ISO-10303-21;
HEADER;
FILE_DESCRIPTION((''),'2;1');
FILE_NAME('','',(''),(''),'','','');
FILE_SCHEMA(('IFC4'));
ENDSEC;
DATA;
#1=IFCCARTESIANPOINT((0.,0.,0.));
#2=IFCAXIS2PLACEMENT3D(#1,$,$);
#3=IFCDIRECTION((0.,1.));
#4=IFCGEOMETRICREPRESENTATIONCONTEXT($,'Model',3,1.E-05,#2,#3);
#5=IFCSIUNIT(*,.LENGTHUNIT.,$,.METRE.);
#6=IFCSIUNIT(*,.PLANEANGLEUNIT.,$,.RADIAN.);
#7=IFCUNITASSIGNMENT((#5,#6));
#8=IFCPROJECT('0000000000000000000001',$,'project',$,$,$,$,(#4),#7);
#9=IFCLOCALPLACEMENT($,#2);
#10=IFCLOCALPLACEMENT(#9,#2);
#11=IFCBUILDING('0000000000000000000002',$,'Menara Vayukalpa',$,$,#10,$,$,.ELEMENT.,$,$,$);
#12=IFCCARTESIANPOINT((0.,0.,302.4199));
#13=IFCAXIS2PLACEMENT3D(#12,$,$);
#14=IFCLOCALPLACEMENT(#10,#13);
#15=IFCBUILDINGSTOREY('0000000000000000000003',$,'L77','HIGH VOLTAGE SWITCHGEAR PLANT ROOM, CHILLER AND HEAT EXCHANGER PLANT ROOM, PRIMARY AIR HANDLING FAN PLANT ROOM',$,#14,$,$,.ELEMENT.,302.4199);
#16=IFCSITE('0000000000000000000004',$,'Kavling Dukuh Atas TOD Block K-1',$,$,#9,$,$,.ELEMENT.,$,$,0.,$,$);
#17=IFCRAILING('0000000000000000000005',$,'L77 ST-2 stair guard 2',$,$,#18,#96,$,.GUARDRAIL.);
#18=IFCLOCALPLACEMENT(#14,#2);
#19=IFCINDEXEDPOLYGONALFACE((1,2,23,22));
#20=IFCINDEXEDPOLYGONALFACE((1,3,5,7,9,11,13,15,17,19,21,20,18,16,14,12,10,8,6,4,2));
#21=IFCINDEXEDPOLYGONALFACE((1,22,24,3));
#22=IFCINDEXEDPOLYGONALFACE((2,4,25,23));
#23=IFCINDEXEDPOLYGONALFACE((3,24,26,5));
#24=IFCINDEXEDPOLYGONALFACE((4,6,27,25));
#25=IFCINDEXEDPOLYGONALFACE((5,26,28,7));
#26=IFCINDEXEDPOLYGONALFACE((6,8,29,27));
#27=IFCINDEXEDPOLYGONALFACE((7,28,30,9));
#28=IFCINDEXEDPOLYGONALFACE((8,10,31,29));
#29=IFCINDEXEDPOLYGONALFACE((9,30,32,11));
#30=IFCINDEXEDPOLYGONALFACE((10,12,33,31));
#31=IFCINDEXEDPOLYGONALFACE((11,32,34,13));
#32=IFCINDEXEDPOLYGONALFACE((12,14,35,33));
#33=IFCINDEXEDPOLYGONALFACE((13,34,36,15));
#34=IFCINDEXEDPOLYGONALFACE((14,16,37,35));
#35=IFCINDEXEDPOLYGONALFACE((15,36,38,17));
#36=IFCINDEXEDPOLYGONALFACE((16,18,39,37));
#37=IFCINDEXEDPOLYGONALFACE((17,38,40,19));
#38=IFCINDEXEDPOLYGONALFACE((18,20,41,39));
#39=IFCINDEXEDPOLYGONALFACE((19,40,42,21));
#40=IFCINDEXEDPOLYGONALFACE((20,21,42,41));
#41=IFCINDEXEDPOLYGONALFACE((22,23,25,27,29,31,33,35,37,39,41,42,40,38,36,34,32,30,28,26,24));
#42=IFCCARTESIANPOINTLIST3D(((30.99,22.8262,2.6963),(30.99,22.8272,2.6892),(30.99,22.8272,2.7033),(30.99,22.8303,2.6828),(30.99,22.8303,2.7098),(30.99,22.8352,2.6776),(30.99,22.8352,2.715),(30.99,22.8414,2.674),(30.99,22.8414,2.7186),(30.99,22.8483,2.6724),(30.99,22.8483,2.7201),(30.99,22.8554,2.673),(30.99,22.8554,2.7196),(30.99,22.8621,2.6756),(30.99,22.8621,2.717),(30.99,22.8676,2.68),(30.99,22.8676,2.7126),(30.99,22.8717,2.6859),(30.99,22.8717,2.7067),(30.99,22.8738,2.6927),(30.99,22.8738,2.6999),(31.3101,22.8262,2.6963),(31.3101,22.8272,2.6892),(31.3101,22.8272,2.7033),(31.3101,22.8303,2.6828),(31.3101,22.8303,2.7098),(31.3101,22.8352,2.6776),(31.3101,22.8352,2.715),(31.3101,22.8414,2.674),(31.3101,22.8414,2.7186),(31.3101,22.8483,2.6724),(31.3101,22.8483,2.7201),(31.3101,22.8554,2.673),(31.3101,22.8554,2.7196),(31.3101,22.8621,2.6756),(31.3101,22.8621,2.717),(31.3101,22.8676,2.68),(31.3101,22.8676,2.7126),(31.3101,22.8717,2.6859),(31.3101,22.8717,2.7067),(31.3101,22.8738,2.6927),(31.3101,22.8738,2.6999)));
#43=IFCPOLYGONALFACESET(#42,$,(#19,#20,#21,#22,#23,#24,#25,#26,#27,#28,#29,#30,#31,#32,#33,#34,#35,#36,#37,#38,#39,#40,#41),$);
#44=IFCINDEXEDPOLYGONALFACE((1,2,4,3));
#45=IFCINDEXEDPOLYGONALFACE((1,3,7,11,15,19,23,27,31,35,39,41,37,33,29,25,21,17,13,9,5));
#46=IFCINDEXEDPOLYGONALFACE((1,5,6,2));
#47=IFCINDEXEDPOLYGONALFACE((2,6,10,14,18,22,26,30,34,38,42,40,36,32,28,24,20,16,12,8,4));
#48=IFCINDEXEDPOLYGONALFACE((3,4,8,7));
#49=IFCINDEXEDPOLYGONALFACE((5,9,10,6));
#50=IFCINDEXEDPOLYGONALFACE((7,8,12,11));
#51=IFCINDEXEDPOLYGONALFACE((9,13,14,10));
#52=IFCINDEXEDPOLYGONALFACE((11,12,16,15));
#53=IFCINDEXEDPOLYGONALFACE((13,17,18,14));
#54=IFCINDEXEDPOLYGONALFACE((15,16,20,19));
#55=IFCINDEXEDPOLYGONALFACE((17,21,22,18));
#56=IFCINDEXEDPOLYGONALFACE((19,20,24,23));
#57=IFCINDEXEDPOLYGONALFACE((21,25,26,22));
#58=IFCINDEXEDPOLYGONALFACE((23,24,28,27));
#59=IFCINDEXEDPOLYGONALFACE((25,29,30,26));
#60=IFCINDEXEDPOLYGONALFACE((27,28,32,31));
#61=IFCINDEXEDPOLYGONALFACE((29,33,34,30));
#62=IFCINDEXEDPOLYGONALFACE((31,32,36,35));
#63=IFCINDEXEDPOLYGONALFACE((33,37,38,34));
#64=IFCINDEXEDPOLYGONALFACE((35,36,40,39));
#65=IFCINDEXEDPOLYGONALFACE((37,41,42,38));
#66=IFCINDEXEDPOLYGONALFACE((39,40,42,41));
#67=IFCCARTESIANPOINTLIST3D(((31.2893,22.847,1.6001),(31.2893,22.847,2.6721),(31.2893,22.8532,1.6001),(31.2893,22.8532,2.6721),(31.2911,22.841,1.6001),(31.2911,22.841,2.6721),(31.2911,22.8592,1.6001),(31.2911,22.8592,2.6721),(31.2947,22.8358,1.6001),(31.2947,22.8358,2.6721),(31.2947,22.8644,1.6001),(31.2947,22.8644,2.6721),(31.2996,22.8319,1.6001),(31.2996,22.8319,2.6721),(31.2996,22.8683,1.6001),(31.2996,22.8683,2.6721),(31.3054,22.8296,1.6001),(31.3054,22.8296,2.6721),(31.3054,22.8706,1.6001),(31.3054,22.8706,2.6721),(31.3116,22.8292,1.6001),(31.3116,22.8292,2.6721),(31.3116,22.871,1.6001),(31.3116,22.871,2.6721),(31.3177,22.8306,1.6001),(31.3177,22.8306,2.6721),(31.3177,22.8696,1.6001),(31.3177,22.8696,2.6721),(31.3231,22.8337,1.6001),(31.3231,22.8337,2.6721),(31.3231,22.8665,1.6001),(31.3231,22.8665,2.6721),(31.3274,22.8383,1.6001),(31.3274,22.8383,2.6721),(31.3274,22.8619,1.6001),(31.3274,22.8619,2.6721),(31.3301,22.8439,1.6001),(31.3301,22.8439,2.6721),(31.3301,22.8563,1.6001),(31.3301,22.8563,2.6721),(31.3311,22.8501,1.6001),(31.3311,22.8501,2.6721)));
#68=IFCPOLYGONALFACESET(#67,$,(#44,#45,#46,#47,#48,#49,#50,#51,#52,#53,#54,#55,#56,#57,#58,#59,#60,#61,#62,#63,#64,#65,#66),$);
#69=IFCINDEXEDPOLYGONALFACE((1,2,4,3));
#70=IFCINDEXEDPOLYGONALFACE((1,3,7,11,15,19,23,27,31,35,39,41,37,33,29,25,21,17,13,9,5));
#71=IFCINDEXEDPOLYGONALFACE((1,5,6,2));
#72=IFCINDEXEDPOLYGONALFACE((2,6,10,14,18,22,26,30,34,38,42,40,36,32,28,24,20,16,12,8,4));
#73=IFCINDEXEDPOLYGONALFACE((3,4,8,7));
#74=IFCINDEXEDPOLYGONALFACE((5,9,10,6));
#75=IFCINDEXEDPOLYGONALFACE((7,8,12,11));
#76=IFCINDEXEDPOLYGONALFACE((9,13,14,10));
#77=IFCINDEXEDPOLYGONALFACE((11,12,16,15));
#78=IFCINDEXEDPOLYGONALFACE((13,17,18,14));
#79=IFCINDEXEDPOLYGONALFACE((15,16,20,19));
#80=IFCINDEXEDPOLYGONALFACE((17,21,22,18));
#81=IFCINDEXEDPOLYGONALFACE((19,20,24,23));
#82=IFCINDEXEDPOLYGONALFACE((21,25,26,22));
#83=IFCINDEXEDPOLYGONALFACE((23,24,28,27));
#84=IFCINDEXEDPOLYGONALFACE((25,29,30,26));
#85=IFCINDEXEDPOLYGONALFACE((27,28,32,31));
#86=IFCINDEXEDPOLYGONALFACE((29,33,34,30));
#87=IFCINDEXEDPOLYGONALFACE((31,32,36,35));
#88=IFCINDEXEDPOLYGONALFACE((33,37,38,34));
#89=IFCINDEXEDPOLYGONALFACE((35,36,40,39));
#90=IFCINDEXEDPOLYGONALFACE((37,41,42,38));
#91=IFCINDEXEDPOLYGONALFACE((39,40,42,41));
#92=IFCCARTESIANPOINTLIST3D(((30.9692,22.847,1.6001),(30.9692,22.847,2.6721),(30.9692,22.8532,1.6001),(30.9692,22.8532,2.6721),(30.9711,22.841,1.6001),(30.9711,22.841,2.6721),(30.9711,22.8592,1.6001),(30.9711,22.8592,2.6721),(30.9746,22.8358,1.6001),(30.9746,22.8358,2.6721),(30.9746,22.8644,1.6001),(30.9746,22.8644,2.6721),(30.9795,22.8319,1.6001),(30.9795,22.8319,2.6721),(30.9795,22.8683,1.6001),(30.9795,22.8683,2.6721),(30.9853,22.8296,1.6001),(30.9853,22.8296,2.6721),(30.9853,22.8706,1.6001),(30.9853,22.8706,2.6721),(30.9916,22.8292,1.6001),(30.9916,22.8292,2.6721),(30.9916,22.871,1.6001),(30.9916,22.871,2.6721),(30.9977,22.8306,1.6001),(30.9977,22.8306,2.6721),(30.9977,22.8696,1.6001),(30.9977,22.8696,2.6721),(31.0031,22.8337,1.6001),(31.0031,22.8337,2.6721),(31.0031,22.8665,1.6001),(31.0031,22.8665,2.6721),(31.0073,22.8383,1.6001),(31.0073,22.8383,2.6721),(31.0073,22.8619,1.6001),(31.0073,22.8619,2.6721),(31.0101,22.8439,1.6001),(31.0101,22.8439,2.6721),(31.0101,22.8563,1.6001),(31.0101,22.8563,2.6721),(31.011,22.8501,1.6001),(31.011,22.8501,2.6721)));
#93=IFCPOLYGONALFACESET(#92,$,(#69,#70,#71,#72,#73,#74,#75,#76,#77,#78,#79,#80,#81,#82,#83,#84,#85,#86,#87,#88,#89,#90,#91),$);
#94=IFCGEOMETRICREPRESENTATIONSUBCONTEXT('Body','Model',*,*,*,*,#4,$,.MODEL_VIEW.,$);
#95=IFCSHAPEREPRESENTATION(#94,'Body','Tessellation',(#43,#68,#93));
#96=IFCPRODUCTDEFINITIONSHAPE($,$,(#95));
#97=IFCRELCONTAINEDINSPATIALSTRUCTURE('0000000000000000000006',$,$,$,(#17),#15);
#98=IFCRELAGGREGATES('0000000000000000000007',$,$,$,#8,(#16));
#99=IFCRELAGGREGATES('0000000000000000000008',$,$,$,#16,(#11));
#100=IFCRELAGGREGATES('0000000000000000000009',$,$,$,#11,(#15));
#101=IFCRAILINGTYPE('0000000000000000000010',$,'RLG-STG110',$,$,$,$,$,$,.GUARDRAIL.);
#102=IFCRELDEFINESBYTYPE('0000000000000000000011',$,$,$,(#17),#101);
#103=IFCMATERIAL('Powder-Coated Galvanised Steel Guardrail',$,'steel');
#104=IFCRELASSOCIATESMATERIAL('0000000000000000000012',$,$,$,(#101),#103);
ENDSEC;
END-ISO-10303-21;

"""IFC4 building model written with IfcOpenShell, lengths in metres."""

from ifc_helpers import new_model, si_unit, direction, frame, origin, origin_2d, place, context, subcontext, project, spatial, circle, extrude, material, type_object, element, save


model = new_model("IFC4")

# Units and contexts
model_context = context("Model", 3, precision=1e-05, world=origin(), true_north=direction((0.0, 1.0)))
body_context = subcontext(model_context, "Body", "Model", "MODEL_VIEW")
ifc_project = project(units=[si_unit("LENGTHUNIT", "METRE"), si_unit("PLANEANGLEUNIT", "RADIAN")], contexts=[model_context])

# Site, building, storey
site_placement = place(None, origin())
site = spatial("IfcSite", under=ifc_project, at=site_placement, Name="Kavling Dukuh Atas TOD Block K-1", CompositionType="ELEMENT", RefElevation=0.0)
building_placement = place(site_placement, origin())
building = spatial("IfcBuilding", under=site, at=building_placement, Name="Menara Vayukalpa", CompositionType="ELEMENT")
storey_placement = place(building_placement, frame((0.0, 0.0, 302.4199)))
storey = spatial("IfcBuildingStorey", under=building, at=storey_placement, Name="L77", Description="HIGH VOLTAGE SWITCHGEAR PLANT ROOM, CHILLER AND HEAT EXCHANGER PLANT ROOM, PRIMARY AIR HANDLING FAN PLANT ROOM", CompositionType="ELEMENT", Elevation=302.4199)

# Railing
ifc_material_1 = material(Name="Powder-Coated Galvanised Steel Guardrail", Category="steel")
railing_type = type_object("IfcRailingType", Name="RLG-STG110", PredefinedType="GUARDRAIL", material=ifc_material_1)
railing_placement = place(storey_placement, frame((31.3101, 22.8501, 1.6001)))
element("IfcRailing", 1, at=railing_placement, inside=storey, type_object=railing_type, Name="L77 ST-2 stair guard 2", PredefinedType="GUARDRAIL", context=body_context, shape_type="SweptSolid", body=[
    extrude(circle(Radius=0.0239, at=origin_2d()), frame((0.0, 0.0, 1.0962), z_axis=(-1.0, 0.0, 0.0), x_axis=(0.0, -1.0, 0.0)), (0.0, 0.0, 1.0), 0.3201),
    extrude(circle(Radius=0.021, at=origin_2d()), origin(), (0.0, 0.0, 1.0), 1.072),
    extrude(circle(Radius=0.021, at=origin_2d()), frame((-0.3201, 0.0, 0.0)), (0.0, 0.0, 1.0), 1.072),
])

save(model, "model.ifc")
